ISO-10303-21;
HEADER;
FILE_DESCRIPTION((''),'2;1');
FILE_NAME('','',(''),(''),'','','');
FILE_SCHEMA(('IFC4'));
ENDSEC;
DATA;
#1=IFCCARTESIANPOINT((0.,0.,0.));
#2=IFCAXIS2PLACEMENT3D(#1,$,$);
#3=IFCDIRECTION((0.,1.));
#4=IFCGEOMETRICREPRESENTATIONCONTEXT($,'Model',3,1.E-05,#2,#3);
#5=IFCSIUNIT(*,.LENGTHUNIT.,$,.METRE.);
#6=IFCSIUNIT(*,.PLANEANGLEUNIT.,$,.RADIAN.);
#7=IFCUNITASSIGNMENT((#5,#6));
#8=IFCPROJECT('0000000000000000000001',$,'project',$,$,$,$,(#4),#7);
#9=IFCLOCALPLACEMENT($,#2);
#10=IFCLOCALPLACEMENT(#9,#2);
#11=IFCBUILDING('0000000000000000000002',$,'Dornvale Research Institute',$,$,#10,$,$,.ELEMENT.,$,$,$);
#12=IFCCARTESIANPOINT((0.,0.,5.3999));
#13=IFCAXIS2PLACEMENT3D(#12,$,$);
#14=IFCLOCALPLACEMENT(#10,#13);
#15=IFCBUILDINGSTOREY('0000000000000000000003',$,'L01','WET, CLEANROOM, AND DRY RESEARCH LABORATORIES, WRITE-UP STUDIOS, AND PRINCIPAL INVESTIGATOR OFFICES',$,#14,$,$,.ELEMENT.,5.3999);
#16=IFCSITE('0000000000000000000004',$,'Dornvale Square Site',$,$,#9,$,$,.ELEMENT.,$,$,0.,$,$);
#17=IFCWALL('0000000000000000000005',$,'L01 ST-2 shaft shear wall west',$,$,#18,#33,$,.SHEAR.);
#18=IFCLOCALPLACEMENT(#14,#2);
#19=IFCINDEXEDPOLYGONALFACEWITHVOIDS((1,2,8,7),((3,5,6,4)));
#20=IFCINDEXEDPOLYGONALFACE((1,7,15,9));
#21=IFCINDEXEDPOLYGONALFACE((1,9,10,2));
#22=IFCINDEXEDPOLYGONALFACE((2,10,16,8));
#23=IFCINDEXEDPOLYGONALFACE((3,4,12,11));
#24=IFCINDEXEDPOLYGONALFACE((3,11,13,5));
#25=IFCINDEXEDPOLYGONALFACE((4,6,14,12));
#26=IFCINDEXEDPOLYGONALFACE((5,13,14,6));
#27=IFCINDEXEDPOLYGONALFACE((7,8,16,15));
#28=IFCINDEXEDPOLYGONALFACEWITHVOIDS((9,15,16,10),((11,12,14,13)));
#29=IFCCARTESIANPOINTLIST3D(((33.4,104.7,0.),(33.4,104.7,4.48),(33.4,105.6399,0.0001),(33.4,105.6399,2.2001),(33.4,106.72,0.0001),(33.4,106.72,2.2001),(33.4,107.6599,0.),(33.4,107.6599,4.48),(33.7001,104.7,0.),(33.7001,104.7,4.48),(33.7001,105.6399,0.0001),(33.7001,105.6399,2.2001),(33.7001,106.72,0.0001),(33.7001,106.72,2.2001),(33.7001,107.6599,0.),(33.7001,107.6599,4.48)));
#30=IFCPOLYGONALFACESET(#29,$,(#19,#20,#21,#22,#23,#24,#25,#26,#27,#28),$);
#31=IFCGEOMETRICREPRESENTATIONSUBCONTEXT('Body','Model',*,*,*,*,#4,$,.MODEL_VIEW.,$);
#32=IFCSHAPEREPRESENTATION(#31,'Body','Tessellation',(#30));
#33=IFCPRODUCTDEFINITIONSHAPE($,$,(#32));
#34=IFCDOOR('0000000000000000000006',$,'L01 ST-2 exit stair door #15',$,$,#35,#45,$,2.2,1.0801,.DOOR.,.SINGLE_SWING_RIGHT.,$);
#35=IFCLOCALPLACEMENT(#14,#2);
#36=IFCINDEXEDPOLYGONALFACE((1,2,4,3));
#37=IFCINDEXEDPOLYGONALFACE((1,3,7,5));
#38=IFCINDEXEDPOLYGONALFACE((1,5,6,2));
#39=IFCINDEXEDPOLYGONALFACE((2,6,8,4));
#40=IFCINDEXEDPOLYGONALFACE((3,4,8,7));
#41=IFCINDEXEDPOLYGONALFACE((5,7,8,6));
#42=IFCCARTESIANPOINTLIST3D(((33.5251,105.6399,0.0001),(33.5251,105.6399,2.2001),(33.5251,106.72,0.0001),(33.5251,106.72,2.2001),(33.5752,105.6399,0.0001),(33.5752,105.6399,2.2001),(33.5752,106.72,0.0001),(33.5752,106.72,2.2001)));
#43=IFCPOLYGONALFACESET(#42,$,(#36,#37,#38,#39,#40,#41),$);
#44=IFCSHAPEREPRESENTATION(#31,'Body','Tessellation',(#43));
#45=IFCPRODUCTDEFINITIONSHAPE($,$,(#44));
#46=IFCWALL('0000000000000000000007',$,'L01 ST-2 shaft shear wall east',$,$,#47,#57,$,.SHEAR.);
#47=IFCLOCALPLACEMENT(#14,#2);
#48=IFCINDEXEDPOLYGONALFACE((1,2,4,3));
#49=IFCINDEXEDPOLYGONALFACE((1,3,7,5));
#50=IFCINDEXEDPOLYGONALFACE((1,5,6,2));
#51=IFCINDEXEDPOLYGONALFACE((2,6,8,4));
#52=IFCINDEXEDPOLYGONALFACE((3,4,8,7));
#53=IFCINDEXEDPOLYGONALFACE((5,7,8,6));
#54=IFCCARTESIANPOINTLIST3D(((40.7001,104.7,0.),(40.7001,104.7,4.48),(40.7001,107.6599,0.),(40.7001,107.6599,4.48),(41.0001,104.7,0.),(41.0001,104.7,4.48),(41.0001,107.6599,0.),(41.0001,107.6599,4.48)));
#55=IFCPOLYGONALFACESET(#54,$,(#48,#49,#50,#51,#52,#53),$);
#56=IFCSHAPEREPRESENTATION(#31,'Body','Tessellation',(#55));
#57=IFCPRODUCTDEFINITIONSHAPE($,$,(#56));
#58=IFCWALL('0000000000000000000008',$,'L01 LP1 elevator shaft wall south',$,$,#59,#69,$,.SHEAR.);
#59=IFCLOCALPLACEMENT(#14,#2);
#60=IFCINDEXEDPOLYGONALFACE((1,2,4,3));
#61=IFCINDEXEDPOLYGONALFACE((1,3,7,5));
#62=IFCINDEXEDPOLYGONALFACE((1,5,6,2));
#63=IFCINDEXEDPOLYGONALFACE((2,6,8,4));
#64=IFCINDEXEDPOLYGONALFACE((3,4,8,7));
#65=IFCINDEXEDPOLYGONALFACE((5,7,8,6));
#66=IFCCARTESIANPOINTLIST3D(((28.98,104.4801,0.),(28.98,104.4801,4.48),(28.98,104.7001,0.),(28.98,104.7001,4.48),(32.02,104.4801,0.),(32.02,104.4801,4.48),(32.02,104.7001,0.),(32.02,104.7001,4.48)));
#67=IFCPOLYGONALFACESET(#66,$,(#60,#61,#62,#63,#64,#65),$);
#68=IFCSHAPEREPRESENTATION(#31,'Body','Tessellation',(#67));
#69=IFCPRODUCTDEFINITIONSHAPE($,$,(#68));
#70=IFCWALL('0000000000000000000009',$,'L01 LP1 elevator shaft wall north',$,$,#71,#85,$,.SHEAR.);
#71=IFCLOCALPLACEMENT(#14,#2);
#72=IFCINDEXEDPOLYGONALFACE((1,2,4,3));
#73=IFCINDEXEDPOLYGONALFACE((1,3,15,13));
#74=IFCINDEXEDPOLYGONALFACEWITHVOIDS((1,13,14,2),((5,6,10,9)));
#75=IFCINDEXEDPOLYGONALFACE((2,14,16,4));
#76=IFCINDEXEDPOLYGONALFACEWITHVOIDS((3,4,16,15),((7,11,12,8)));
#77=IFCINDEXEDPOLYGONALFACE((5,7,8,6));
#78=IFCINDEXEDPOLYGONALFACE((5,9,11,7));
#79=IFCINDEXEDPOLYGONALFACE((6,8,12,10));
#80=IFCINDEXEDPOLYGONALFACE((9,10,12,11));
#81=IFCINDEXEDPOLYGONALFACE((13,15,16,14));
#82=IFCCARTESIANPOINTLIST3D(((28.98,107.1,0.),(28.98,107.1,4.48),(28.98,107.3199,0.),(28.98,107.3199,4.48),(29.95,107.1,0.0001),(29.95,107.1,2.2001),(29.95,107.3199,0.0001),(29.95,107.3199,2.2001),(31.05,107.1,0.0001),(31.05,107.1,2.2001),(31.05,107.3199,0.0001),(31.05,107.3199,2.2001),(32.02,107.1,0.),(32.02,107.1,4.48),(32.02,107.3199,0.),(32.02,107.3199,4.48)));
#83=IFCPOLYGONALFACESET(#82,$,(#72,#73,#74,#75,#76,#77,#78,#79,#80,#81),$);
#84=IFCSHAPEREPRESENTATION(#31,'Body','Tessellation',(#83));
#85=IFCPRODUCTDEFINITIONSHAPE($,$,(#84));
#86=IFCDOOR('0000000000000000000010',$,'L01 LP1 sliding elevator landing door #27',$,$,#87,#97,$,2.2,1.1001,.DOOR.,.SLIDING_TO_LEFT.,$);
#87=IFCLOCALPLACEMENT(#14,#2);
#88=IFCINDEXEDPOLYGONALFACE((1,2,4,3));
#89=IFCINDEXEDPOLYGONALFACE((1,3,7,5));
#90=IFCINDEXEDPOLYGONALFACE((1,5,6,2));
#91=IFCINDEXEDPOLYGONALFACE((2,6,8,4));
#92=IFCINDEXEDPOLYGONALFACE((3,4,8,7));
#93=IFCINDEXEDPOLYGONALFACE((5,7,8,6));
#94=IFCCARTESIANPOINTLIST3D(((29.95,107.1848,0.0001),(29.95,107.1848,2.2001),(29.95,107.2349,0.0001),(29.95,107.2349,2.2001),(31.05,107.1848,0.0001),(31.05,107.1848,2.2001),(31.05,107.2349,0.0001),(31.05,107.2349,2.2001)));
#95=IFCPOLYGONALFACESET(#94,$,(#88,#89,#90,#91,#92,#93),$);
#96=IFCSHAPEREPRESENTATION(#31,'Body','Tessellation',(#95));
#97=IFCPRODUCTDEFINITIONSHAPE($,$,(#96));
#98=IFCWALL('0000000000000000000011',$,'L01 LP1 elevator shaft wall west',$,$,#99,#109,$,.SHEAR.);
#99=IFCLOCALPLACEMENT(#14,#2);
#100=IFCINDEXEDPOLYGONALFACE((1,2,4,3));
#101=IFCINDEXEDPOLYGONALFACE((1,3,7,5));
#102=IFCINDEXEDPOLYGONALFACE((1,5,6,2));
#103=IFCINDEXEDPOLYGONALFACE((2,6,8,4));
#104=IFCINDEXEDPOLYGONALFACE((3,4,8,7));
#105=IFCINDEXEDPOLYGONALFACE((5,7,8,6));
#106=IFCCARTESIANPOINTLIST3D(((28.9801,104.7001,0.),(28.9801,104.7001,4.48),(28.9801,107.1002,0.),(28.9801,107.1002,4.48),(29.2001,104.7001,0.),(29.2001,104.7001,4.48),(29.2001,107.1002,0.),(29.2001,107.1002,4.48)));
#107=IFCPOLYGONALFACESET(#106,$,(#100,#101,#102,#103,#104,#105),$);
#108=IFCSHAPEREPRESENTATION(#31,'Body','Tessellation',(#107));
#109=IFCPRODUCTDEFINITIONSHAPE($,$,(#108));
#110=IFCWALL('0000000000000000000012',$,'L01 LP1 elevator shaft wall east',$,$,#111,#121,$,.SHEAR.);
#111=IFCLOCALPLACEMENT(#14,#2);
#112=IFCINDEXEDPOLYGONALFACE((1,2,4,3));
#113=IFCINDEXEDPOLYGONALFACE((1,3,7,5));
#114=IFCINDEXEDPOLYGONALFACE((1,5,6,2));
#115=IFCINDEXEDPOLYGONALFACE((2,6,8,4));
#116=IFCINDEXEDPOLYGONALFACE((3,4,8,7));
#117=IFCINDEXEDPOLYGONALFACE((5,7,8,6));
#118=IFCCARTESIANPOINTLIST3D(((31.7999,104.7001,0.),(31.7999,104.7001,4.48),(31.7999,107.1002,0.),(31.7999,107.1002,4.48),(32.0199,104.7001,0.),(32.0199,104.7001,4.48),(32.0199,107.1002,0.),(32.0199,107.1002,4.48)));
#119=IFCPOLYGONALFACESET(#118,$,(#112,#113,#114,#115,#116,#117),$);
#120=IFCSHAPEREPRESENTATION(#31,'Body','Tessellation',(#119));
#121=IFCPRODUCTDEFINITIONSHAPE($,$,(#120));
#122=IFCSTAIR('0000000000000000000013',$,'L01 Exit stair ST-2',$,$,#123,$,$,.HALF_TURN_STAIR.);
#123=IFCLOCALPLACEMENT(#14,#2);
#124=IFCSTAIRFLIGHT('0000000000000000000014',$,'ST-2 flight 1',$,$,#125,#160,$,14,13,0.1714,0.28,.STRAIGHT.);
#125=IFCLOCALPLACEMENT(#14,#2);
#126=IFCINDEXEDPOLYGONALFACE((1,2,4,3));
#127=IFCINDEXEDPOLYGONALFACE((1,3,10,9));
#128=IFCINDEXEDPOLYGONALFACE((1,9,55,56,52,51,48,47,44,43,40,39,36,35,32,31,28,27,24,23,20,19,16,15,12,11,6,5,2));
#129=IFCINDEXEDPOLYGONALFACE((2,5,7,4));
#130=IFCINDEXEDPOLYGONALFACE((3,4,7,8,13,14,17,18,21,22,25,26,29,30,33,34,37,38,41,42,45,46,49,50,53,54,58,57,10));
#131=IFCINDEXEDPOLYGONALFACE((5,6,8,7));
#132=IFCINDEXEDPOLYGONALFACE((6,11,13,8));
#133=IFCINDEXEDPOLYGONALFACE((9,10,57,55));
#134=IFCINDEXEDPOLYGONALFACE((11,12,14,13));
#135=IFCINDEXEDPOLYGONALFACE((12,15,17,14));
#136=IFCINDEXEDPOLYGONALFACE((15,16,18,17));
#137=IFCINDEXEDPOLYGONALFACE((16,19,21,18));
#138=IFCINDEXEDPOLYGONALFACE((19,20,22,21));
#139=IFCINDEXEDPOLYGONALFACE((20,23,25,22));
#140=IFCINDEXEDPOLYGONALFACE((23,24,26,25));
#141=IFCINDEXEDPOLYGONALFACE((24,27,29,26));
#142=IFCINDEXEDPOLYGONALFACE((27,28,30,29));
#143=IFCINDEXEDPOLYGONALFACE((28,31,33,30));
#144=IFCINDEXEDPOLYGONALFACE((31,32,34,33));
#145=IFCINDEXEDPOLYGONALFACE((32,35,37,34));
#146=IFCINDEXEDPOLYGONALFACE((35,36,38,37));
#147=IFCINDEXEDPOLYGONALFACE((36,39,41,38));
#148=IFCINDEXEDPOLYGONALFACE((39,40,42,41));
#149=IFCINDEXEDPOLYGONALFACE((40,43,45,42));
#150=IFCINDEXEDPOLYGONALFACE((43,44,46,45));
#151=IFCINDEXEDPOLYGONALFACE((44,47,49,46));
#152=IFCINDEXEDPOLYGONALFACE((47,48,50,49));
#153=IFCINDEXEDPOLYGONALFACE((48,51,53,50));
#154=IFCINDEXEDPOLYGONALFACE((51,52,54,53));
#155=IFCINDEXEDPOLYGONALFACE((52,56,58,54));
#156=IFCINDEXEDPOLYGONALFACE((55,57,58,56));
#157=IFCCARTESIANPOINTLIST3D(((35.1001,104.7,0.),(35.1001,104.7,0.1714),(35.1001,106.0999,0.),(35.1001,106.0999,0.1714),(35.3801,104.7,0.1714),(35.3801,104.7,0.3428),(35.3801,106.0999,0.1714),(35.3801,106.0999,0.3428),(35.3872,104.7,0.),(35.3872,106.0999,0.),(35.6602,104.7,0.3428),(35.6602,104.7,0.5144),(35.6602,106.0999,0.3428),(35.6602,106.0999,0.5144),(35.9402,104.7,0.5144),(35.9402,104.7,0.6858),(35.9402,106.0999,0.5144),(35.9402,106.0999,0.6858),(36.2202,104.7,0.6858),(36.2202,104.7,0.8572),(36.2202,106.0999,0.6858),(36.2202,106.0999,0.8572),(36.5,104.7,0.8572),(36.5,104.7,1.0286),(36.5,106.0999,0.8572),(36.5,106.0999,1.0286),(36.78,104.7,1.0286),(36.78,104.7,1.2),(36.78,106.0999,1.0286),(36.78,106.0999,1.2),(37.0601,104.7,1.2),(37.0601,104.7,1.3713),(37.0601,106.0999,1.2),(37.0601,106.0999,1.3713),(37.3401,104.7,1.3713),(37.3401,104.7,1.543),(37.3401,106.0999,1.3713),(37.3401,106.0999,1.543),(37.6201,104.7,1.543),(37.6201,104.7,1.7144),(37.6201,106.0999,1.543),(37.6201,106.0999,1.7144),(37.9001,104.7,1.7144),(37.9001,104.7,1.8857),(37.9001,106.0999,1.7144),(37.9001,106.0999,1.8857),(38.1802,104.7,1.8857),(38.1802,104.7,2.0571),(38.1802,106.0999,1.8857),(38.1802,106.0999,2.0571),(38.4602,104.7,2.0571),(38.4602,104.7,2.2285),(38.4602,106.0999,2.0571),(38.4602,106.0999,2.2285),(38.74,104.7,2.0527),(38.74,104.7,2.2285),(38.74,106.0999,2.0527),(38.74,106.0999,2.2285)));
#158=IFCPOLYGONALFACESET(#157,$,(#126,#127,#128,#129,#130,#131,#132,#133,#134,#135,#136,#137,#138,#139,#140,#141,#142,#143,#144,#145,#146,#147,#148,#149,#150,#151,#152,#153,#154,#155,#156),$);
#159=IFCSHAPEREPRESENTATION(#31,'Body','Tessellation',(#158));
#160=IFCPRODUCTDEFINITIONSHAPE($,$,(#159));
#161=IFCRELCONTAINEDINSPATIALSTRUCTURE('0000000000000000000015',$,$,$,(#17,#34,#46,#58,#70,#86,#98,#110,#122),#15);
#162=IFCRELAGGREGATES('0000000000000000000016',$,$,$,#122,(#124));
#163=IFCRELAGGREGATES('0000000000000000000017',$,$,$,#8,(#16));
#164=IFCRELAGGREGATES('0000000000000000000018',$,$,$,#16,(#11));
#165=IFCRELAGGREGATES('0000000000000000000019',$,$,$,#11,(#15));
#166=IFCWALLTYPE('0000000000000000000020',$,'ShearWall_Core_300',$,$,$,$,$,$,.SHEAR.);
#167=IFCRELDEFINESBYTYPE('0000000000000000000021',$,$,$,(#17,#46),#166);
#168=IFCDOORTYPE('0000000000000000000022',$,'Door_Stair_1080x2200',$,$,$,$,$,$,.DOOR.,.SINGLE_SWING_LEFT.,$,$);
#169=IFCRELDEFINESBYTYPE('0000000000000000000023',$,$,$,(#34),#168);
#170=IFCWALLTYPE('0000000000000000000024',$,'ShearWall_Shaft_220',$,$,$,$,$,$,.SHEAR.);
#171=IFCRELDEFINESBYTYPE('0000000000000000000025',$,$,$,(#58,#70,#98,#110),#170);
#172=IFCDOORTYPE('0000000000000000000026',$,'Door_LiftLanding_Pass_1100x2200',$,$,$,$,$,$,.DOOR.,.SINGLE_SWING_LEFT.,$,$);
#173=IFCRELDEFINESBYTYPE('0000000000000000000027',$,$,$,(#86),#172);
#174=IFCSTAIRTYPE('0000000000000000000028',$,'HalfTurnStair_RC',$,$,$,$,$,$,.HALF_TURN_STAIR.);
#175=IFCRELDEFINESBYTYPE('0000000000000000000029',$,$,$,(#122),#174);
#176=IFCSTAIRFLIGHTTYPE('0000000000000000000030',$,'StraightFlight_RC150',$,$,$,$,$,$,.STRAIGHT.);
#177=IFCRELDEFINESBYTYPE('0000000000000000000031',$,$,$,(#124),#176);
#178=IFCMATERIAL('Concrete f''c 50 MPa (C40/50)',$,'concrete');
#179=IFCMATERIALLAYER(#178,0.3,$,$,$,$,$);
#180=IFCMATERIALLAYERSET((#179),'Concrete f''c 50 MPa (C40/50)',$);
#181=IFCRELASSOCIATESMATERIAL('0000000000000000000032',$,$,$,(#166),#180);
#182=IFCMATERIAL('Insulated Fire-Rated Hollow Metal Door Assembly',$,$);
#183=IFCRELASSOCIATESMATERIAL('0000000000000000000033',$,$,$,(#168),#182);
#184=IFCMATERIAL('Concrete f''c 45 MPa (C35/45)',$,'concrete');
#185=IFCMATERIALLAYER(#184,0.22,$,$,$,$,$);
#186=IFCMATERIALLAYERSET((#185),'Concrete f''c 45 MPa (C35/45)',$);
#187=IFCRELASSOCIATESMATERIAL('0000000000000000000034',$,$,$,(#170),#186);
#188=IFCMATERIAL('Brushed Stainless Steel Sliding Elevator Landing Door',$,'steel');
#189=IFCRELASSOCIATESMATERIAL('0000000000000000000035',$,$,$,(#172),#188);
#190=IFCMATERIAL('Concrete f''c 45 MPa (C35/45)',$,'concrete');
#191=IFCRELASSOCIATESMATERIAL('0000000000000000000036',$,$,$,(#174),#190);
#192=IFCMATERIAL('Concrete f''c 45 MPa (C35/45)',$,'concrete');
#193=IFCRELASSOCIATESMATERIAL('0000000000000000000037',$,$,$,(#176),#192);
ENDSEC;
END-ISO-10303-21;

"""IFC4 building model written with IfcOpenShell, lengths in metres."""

from ifc_helpers import new_model, si_unit, direction, frame, frame_2d, origin, place, context, subcontext, project, spatial, polyline, rectangle, outline, extrude, material, layer, layer_set, type_object, element, fill, aggregate, save


model = new_model("IFC4")

# Units and contexts
model_context = context("Model", 3, precision=1e-05, world=origin(), true_north=direction((0.0, 1.0)))
body_context = subcontext(model_context, "Body", "Model", "MODEL_VIEW")
ifc_project = project(units=[si_unit("LENGTHUNIT", "METRE"), si_unit("PLANEANGLEUNIT", "RADIAN")], contexts=[model_context])

# Site, building, storey
site_placement = place(None, origin())
site = spatial("IfcSite", under=ifc_project, at=site_placement, Name="Dornvale Square Site", CompositionType="ELEMENT", RefElevation=0.0)
building_placement = place(site_placement, origin())
building = spatial("IfcBuilding", under=site, at=building_placement, Name="Dornvale Research Institute", CompositionType="ELEMENT")
storey_placement = place(building_placement, frame((0.0, 0.0, 5.3999)))
storey = spatial("IfcBuildingStorey", under=building, at=storey_placement, Name="L01", Description="WET, CLEANROOM, AND DRY RESEARCH LABORATORIES, WRITE-UP STUDIOS, AND PRINCIPAL INVESTIGATOR OFFICES", CompositionType="ELEMENT", Elevation=5.3999)

# Shared definitions
ifc_material_1 = material(Name="Concrete f'c 50 MPa (C40/50)", Category="concrete")
ifc_layer_1 = layer(ifc_material_1, 0.3)
ifc_layer_set_1 = layer_set([ifc_layer_1], Name="Concrete f'c 50 MPa (C40/50)")
wall_type_1 = type_object("IfcWallType", Name="ShearWall_Core_300", PredefinedType="SHEAR", material=ifc_layer_set_1)

# Wall, opening, door
wall_1_placement = place(storey_placement, frame((33.55, 104.7, 0.0), z_axis=(0.0, 0.0, 1.0), x_axis=(0.0, 1.0, 0.0)))
wall_1 = element("IfcWall", 1, at=wall_1_placement, inside=storey, type_object=wall_type_1, Name="L01 ST-2 shaft shear wall west", PredefinedType="SHEAR", context=body_context, shape_type="SweptSolid", body=[
    extrude(rectangle(XDim=2.96, YDim=0.3, at=frame_2d((1.48, 0.0))), origin(), (0.0, 0.0, 1.0), 4.48),
])
opening_1_placement = place(wall_1_placement, frame((0.9399, 0.0, 0.0)))
opening_1 = element("IfcOpeningElement", 2, at=opening_1_placement, cuts=wall_1, PredefinedType="OPENING", context=body_context, shape_type="SweptSolid", body=[
    extrude(rectangle(XDim=1.0801, YDim=2.2, at=frame_2d((0.54, 1.1001))), frame((0.0, 0.165, 0.0), z_axis=(0.0, -1.0, 0.0), x_axis=(1.0, 0.0, 0.0)), (0.0, 0.0, 1.0), 0.3301),
])
ifc_material_2 = material(Name="Insulated Fire-Rated Hollow Metal Door Assembly")
door_type_1 = type_object("IfcDoorType", Name="Door_Stair_1080x2200", OperationType="SINGLE_SWING_LEFT", PredefinedType="DOOR", material=ifc_material_2)
door_1_placement = place(opening_1_placement, origin())
door_1 = element("IfcDoor", 3, at=door_1_placement, inside=storey, type_object=door_type_1, Name="L01 ST-2 exit stair door #15", OperationType="SINGLE_SWING_RIGHT", OverallHeight=2.2, OverallWidth=1.0801, PredefinedType="DOOR", context=body_context, shape_type="SweptSolid", body=[
    extrude(rectangle(XDim=1.0801, YDim=2.2, at=frame_2d((0.54, 1.1001))), frame((0.0, 0.0249, 0.0), z_axis=(0.0, -1.0, 0.0), x_axis=(1.0, 0.0, 0.0)), (0.0, 0.0, 1.0), 0.05),
])
fill(opening_1, door_1)

# Walls
wall_2_placement = place(storey_placement, frame((40.8501, 104.7, 0.0), z_axis=(0.0, 0.0, 1.0), x_axis=(0.0, 1.0, 0.0)))
element("IfcWall", 4, at=wall_2_placement, inside=storey, type_object=wall_type_1, Name="L01 ST-2 shaft shear wall east", PredefinedType="SHEAR", context=body_context, shape_type="SweptSolid", body=[
    extrude(rectangle(XDim=2.96, YDim=0.3, at=frame_2d((1.48, 0.0))), origin(), (0.0, 0.0, 1.0), 4.48),
])
ifc_material_3 = material(Name="Concrete f'c 45 MPa (C35/45)", Category="concrete")
ifc_layer_2 = layer(ifc_material_3, 0.22)
ifc_layer_set_2 = layer_set([ifc_layer_2], Name="Concrete f'c 45 MPa (C35/45)")
wall_type_2 = type_object("IfcWallType", Name="ShearWall_Shaft_220", PredefinedType="SHEAR", material=ifc_layer_set_2)
wall_3_placement = place(storey_placement, frame((28.98, 104.5901, 0.0), z_axis=(0.0, 0.0, 1.0), x_axis=(1.0, 0.0, 0.0)))
element("IfcWall", 5, at=wall_3_placement, inside=storey, type_object=wall_type_2, Name="L01 LP1 elevator shaft wall south", PredefinedType="SHEAR", context=body_context, shape_type="SweptSolid", body=[
    extrude(rectangle(XDim=3.04, YDim=0.22, at=frame_2d((1.52, 0.0))), origin(), (0.0, 0.0, 1.0), 4.48),
])

# Wall, opening, door
wall_4_placement = place(storey_placement, frame((28.98, 107.21, 0.0), z_axis=(0.0, 0.0, 1.0), x_axis=(1.0, 0.0, 0.0)))
wall_4 = element("IfcWall", 6, at=wall_4_placement, inside=storey, type_object=wall_type_2, Name="L01 LP1 elevator shaft wall north", PredefinedType="SHEAR", context=body_context, shape_type="SweptSolid", body=[
    extrude(rectangle(XDim=3.04, YDim=0.22, at=frame_2d((1.52, 0.0))), origin(), (0.0, 0.0, 1.0), 4.48),
])
opening_2_placement = place(wall_4_placement, frame((0.97, 0.0, 0.0)))
opening_2 = element("IfcOpeningElement", 7, at=opening_2_placement, cuts=wall_4, PredefinedType="OPENING", context=body_context, shape_type="SweptSolid", body=[
    extrude(rectangle(XDim=1.1001, YDim=2.2, at=frame_2d((0.55, 1.1001))), frame((0.0, 0.125, 0.0), z_axis=(0.0, -1.0, 0.0), x_axis=(1.0, 0.0, 0.0)), (0.0, 0.0, 1.0), 0.25),
])
ifc_material_4 = material(Name="Brushed Stainless Steel Sliding Elevator Landing Door", Category="steel")
door_type_2 = type_object("IfcDoorType", Name="Door_LiftLanding_Pass_1100x2200", OperationType="SINGLE_SWING_LEFT", PredefinedType="DOOR", material=ifc_material_4)
door_2_placement = place(opening_2_placement, origin())
door_2 = element("IfcDoor", 8, at=door_2_placement, inside=storey, type_object=door_type_2, Name="L01 LP1 sliding elevator landing door #27", OperationType="SLIDING_TO_LEFT", OverallHeight=2.2, OverallWidth=1.1001, PredefinedType="DOOR", context=body_context, shape_type="SweptSolid", body=[
    extrude(rectangle(XDim=1.1001, YDim=2.2, at=frame_2d((0.55, 1.1001))), frame((0.0, 0.0249, 0.0), z_axis=(0.0, -1.0, 0.0), x_axis=(1.0, 0.0, 0.0)), (0.0, 0.0, 1.0), 0.05),
])
fill(opening_2, door_2)

# Walls
for number, where, z_axis, x_axis, name in (
    (9, (29.0901, 104.7, 0.0), (0.0, 0.0, 1.0), (0.0, 1.0, 0.0), "L01 LP1 elevator shaft wall west"),
    (10, (31.9099, 104.7, 0.0), (0.0, 0.0, 1.0), (0.0, 1.0, 0.0), "L01 LP1 elevator shaft wall east"),
):
    element("IfcWall", number, at=place(storey_placement, frame(where, z_axis=z_axis, x_axis=x_axis)), inside=storey, type_object=wall_type_2, Name=name, PredefinedType="SHEAR", context=body_context, shape_type="SweptSolid", body=[
        extrude(rectangle(XDim=2.4001, YDim=0.22, at=frame_2d((1.2002, 0.0))), origin(), (0.0, 0.0, 1.0), 4.48),
    ])

# Stair, stair flight
ifc_material_5 = material(Name="Concrete f'c 45 MPa (C35/45)", Category="concrete")
stair_type = type_object("IfcStairType", Name="HalfTurnStair_RC", PredefinedType="HALF_TURN_STAIR", material=ifc_material_5)
stair_placement = place(storey_placement, origin())
stair = element("IfcStair", 11, at=stair_placement, inside=storey, type_object=stair_type, Name="L01 Exit stair ST-2", PredefinedType="HALF_TURN_STAIR")
ifc_material_6 = material(Name="Concrete f'c 45 MPa (C35/45)", Category="concrete")
stair_flight_type = type_object("IfcStairFlightType", Name="StraightFlight_RC150", PredefinedType="STRAIGHT", material=ifc_material_6)
stair_flight_1_placement = place(storey_placement, frame((35.1001, 105.3999, 0.0), z_axis=(0.0, 0.0, 1.0), x_axis=(1.0, 0.0, 0.0)))
stair_flight_1 = element("IfcStairFlight", 12, at=stair_flight_1_placement, type_object=stair_flight_type, Name="ST-2 flight 1", NumberOfRisers=14, NumberOfTreads=13, PredefinedType="STRAIGHT", RiserHeight=0.1714, TreadLength=0.28, context=body_context, shape_type="SweptSolid", body=[
    extrude(outline(polyline([(0.0, 0.0), (0.0, 0.1714), (0.28, 0.1714), (0.28, 0.3428), (0.5601, 0.3428), (0.5601, 0.5144), (0.8401, 0.5144), (0.8401, 0.6858), (1.1201, 0.6858), (1.1201, 0.8572), (1.3999, 0.8572), (1.3999, 1.0286), (1.6799, 1.0286), (1.6799, 1.2), (1.96, 1.2), (1.96, 1.3713), (2.24, 1.3713), (2.24, 1.543), (2.52, 1.543), (2.52, 1.7144), (2.8, 1.7144), (2.8, 1.8857), (3.0801, 1.8857), (3.0801, 2.0571), (3.3601, 2.0571), (3.3601, 2.2285), (3.6399, 2.2285), (3.6399, 2.3999), (3.6399, 2.0527), (0.2871, 0.0), (0.0, 0.0)])), frame((0.0, 0.7, 0.0), z_axis=(0.0, -1.0, 0.0), x_axis=(1.0, 0.0, 0.0)), (0.0, 0.0, 1.0), 1.3999),
])
aggregate(stair, [stair_flight_1])

save(model, "model.ifc")
